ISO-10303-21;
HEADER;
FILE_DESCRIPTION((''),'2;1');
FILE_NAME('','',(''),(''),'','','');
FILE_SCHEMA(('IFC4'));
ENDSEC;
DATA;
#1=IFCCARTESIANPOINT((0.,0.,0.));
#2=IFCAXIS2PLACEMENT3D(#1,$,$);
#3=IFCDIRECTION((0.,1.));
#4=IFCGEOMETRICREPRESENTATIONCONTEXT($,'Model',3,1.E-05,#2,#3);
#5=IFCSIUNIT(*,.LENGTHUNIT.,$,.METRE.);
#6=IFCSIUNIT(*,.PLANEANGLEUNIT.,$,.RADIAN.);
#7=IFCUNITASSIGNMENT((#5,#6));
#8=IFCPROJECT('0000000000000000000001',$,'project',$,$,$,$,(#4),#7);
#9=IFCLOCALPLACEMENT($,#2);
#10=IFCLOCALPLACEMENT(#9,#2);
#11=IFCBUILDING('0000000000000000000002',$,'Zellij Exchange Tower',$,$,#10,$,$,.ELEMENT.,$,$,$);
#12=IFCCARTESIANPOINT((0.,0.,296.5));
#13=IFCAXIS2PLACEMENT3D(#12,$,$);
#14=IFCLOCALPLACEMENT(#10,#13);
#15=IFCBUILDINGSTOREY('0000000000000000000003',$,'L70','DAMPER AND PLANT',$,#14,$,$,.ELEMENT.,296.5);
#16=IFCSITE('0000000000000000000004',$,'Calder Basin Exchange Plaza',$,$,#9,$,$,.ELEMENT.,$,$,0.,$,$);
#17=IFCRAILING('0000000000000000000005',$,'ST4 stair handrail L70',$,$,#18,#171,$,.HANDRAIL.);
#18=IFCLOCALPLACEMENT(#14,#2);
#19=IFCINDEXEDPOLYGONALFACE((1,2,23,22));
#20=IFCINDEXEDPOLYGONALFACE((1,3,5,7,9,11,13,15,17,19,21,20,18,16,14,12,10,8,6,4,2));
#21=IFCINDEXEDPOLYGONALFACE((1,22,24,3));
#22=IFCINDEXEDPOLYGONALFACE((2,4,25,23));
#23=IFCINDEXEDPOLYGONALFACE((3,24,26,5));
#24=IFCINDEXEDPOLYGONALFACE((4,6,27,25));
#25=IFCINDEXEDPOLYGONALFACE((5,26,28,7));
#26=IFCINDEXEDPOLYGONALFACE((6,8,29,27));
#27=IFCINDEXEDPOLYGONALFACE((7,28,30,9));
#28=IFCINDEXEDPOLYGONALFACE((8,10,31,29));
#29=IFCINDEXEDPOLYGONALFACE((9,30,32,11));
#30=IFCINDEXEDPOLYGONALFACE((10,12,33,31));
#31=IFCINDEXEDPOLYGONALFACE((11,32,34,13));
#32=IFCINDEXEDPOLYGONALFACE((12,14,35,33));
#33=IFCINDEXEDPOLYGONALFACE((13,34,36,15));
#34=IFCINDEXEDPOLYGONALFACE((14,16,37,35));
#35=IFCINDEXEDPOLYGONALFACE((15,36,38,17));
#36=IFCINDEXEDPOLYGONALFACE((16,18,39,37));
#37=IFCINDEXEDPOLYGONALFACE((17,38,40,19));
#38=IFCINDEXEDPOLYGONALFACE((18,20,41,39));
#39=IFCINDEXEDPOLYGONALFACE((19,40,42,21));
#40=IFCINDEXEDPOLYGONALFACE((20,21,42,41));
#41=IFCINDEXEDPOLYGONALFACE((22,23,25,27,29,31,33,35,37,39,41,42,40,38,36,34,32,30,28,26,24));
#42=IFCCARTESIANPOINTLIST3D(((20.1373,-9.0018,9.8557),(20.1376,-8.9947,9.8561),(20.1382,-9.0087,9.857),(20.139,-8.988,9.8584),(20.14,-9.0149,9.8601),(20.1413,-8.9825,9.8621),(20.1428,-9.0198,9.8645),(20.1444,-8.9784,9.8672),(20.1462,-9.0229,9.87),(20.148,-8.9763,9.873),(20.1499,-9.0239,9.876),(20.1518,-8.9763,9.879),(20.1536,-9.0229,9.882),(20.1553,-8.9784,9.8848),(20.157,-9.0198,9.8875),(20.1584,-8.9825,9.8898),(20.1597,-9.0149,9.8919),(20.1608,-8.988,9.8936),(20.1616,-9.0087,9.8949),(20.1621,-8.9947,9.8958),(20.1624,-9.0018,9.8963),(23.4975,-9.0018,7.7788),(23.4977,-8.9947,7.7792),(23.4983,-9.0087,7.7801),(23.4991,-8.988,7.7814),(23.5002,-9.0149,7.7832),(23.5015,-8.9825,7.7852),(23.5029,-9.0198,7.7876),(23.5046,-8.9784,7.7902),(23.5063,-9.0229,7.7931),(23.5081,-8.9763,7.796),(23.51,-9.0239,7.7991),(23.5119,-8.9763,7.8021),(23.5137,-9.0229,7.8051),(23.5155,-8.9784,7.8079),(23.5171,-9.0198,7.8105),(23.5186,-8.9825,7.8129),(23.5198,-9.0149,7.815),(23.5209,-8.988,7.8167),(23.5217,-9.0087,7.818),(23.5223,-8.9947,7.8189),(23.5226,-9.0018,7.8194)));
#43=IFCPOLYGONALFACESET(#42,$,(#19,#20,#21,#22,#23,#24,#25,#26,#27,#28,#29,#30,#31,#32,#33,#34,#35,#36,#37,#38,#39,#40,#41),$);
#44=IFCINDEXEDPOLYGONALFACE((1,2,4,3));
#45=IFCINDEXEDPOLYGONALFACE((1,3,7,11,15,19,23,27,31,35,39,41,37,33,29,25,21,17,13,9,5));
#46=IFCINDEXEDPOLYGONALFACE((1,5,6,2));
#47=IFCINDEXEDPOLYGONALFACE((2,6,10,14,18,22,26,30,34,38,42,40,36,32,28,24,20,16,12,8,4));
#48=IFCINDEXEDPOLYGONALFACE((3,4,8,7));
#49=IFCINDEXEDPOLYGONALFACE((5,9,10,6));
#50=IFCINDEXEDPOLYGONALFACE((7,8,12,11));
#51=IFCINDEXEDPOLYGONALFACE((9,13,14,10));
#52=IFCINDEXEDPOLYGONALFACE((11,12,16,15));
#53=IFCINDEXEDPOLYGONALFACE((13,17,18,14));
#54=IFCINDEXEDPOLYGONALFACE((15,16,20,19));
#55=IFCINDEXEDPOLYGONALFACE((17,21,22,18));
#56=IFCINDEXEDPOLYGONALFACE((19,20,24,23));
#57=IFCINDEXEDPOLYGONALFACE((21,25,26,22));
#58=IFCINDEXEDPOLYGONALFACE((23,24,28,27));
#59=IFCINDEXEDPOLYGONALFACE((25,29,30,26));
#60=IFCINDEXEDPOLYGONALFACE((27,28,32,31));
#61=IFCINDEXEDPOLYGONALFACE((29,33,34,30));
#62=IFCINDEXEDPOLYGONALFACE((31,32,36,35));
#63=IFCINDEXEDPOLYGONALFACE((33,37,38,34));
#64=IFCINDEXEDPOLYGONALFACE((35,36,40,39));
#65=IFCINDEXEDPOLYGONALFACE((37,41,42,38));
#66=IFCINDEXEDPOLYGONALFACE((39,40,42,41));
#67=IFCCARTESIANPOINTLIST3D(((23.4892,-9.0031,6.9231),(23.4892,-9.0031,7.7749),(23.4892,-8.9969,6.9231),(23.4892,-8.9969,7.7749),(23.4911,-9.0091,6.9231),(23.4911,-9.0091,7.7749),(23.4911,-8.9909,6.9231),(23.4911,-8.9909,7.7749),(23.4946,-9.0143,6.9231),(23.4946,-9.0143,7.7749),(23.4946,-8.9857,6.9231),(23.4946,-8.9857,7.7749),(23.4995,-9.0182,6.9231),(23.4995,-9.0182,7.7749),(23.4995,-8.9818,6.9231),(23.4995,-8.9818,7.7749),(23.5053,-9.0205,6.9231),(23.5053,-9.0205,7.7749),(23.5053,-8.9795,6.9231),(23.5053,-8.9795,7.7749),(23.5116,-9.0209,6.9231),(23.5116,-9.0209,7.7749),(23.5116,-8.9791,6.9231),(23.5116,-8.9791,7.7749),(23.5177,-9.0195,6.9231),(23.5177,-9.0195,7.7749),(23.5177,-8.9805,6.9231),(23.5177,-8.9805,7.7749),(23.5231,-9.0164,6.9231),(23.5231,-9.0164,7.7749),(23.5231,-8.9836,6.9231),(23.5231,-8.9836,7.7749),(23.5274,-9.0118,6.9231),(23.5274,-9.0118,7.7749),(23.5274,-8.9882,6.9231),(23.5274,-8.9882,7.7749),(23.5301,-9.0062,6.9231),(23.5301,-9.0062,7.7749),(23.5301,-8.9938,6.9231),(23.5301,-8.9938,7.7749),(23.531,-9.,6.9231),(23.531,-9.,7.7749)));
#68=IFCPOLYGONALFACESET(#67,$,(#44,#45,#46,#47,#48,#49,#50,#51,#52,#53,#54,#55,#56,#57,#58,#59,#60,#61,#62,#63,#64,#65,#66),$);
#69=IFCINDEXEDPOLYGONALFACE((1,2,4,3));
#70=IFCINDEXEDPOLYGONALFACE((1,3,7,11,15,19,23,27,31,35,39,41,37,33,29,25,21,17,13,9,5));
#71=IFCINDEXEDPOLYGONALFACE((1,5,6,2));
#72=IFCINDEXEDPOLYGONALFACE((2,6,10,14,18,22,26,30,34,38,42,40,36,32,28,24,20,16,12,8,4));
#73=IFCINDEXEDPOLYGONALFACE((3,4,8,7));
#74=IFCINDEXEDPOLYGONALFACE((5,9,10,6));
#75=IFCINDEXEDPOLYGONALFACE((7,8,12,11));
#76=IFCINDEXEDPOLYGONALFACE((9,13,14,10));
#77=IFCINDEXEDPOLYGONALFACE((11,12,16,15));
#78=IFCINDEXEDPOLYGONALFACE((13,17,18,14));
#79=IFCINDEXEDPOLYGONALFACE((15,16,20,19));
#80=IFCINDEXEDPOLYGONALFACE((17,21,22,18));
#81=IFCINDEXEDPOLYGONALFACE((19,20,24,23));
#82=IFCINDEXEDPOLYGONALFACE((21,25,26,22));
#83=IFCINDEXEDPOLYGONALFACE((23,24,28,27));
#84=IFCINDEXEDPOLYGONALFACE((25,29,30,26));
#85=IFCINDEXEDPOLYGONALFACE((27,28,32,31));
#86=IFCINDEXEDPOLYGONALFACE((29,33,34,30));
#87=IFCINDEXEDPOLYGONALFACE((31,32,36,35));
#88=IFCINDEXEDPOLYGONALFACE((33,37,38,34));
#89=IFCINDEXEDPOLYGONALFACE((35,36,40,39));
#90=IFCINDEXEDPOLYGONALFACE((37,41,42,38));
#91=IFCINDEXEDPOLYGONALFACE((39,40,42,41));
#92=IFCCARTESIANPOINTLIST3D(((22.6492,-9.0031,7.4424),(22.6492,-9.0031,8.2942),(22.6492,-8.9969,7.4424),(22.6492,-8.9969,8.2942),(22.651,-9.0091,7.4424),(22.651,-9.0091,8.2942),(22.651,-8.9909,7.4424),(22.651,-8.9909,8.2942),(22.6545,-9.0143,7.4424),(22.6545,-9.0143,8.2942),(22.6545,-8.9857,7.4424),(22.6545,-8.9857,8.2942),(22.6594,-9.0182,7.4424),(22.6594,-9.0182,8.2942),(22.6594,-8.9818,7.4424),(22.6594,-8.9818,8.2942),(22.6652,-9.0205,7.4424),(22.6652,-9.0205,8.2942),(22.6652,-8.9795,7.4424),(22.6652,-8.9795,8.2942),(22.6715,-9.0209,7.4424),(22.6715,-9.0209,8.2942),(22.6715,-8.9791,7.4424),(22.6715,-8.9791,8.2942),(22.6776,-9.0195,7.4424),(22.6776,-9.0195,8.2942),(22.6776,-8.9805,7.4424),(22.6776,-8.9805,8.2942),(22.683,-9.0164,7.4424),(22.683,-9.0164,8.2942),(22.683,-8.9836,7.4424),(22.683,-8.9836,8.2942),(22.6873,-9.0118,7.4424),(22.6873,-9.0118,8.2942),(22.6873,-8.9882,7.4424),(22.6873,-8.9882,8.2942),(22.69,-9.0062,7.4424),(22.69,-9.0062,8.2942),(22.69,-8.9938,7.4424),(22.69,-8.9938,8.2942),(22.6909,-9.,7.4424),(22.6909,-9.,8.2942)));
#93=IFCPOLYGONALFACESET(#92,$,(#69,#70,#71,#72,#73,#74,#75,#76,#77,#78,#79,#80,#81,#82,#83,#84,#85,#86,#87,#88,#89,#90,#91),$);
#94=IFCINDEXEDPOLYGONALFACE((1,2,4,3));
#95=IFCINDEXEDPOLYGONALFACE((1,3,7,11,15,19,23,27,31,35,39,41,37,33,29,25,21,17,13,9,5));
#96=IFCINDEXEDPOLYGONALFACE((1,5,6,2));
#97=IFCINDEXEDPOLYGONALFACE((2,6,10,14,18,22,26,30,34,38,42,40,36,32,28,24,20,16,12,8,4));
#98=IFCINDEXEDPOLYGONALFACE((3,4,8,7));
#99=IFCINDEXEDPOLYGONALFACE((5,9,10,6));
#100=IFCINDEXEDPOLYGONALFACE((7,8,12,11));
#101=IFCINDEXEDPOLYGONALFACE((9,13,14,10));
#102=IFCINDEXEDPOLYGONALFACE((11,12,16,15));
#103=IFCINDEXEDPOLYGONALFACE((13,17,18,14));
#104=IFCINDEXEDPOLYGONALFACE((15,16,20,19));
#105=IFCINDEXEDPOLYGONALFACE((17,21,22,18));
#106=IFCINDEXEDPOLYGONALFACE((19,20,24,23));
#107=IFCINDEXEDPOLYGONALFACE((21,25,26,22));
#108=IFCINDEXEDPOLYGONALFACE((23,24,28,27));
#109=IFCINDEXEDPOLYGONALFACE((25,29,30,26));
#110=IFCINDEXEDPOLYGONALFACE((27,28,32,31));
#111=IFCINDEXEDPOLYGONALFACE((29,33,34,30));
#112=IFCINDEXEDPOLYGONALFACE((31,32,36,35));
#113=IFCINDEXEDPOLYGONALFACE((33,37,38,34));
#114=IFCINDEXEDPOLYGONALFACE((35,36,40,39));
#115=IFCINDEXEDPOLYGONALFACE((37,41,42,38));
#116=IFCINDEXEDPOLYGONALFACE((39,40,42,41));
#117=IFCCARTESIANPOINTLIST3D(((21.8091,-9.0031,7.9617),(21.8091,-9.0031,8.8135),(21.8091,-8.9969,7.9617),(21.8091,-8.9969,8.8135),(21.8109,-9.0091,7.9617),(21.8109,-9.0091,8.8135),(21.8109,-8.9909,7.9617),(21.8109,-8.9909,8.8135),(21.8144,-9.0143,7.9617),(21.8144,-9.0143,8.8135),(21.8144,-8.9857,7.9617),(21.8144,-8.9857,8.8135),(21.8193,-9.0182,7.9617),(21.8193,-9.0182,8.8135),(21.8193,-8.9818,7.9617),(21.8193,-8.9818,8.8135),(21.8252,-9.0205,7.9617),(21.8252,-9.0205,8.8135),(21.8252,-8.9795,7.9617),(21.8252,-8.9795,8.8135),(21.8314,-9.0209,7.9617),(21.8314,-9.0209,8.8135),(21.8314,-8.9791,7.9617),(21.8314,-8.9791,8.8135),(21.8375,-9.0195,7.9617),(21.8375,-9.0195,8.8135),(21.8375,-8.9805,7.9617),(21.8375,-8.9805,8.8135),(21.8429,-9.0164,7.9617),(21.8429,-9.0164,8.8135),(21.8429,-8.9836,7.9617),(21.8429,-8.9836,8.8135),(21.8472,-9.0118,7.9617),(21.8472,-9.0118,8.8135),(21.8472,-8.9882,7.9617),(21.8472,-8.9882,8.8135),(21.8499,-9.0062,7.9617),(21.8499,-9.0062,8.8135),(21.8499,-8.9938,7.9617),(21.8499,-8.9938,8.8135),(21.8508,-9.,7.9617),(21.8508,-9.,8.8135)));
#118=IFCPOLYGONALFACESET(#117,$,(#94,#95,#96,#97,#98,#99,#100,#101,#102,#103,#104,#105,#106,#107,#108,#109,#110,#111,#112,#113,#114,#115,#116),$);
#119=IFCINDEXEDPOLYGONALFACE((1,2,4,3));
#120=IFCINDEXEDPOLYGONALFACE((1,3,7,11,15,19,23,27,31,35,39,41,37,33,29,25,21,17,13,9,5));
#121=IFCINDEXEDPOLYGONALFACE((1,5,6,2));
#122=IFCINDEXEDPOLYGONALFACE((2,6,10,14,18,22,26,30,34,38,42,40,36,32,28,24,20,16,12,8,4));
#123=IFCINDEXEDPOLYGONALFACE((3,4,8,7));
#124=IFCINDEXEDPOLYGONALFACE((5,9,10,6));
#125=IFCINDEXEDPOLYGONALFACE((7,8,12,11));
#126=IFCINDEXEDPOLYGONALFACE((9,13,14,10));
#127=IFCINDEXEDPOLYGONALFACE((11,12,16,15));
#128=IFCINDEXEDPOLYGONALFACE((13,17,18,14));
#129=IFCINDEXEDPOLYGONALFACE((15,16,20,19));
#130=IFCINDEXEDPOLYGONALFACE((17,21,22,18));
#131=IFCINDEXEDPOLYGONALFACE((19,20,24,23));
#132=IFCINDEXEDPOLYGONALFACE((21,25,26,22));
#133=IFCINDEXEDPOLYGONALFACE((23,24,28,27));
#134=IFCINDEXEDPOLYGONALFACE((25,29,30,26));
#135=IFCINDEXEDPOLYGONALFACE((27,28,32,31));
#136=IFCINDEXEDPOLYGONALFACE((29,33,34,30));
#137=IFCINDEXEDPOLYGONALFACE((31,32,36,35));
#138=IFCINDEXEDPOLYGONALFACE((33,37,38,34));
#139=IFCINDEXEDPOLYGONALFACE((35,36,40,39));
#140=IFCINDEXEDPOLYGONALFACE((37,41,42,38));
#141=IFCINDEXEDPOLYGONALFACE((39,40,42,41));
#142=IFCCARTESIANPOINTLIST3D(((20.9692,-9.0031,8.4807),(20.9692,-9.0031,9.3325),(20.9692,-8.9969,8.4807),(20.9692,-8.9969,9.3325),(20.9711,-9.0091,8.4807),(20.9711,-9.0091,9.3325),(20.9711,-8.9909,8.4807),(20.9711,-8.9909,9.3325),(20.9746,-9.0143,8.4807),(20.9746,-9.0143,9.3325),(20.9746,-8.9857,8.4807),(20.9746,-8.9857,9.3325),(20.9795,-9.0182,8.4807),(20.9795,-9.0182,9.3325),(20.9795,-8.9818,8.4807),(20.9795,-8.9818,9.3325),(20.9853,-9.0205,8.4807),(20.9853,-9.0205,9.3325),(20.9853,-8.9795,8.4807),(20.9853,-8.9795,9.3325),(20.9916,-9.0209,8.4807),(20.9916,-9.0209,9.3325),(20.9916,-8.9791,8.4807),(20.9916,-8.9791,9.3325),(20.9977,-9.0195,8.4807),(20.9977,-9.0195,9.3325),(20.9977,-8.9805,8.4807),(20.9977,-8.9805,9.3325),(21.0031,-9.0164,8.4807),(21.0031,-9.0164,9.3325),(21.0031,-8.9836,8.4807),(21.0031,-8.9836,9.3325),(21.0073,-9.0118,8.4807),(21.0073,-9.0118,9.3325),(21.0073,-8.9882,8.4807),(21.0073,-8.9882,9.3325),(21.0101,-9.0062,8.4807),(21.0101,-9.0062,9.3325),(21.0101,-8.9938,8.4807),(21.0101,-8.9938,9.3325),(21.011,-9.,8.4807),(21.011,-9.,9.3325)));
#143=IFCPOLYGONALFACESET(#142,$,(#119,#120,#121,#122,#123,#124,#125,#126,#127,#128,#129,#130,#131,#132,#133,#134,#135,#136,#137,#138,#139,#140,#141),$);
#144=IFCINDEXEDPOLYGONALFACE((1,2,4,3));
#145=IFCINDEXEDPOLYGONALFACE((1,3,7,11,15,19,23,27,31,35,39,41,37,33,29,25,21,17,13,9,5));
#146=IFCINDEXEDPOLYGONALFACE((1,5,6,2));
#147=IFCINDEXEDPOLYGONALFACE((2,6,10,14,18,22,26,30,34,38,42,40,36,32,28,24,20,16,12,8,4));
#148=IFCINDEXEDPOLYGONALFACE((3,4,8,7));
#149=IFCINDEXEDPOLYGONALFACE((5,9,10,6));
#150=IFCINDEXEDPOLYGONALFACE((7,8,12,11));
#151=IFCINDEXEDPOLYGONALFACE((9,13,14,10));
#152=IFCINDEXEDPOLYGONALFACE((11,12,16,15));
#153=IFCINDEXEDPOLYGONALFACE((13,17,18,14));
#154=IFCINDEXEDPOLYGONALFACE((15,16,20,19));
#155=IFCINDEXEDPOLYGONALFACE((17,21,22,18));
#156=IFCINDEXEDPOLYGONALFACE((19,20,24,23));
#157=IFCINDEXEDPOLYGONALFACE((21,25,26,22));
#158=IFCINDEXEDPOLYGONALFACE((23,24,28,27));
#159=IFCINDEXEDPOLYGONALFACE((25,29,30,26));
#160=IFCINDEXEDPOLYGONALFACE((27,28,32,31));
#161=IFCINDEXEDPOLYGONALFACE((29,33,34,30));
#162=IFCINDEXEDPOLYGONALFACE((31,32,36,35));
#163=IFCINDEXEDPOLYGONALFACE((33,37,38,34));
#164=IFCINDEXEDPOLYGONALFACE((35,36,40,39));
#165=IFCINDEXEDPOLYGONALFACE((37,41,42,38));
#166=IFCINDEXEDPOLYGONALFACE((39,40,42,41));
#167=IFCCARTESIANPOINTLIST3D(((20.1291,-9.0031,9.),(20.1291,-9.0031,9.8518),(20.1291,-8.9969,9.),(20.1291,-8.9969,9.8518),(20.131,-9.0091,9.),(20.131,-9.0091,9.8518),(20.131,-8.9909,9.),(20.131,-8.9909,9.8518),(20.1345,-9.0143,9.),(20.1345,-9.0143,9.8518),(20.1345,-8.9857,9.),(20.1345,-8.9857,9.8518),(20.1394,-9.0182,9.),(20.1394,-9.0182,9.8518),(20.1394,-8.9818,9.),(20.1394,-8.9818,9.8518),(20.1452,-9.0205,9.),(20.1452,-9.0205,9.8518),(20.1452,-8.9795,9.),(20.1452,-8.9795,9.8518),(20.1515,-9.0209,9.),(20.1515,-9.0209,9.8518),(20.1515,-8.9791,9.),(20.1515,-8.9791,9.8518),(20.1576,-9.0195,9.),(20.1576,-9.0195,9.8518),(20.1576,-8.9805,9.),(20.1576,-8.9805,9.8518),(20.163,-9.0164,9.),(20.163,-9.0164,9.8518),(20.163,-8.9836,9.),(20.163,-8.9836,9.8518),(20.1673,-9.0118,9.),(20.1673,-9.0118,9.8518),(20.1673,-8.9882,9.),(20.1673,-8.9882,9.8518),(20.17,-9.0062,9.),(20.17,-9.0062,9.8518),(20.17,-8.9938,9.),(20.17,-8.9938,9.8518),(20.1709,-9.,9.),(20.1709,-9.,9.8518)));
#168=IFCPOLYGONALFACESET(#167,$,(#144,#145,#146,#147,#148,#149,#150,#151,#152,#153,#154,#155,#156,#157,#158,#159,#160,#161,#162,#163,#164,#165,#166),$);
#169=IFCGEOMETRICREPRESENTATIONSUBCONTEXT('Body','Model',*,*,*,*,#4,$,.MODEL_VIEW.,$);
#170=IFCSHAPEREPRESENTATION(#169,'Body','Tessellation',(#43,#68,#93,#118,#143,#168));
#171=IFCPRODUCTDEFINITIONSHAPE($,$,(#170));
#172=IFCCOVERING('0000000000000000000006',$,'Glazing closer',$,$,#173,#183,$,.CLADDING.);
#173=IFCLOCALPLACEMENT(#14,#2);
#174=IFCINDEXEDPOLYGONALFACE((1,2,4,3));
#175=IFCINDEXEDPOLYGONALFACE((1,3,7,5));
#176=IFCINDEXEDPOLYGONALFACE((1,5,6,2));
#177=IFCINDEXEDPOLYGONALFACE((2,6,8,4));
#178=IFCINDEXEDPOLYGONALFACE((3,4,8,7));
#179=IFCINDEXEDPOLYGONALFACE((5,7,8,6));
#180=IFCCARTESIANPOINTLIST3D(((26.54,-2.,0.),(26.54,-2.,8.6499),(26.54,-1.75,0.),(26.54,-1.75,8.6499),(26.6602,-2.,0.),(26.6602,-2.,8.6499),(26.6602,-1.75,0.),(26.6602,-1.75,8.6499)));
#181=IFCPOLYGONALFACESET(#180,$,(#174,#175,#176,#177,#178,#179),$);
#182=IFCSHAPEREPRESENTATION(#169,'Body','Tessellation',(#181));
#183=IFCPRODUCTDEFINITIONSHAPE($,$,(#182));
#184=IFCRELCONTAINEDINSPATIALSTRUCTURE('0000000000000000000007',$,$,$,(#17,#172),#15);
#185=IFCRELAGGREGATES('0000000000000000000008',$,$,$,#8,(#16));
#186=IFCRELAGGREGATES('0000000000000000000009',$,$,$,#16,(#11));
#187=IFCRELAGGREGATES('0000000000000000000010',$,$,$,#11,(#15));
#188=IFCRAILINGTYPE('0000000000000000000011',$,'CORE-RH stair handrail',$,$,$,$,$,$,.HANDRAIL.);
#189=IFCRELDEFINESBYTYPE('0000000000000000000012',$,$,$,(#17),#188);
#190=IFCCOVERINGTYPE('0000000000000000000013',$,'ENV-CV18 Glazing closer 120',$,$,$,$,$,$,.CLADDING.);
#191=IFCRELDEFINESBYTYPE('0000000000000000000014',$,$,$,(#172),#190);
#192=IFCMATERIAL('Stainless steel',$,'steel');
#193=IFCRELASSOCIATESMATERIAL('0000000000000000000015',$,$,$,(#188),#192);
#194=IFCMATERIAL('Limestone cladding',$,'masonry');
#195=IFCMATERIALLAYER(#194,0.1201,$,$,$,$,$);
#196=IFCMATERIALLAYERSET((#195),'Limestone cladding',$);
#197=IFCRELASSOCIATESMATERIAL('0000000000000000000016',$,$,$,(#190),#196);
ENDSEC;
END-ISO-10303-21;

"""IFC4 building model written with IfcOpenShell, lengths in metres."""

from ifc_helpers import new_model, si_unit, direction, frame, origin, origin_2d, place, context, subcontext, project, spatial, rectangle, circle, extrude, material, layer, layer_set, type_object, element, save


model = new_model("IFC4")

# Units and contexts
model_context = context("Model", 3, precision=1e-05, world=origin(), true_north=direction((0.0, 1.0)))
body_context = subcontext(model_context, "Body", "Model", "MODEL_VIEW")
ifc_project = project(units=[si_unit("LENGTHUNIT", "METRE"), si_unit("PLANEANGLEUNIT", "RADIAN")], contexts=[model_context])

# Site, building, storey
site_placement = place(None, origin())
site = spatial("IfcSite", under=ifc_project, at=site_placement, Name="Calder Basin Exchange Plaza", CompositionType="ELEMENT", RefElevation=0.0)
building_placement = place(site_placement, origin())
building = spatial("IfcBuilding", under=site, at=building_placement, Name="Zellij Exchange Tower", CompositionType="ELEMENT")
storey_placement = place(building_placement, frame((0.0, 0.0, 296.5)))
storey = spatial("IfcBuildingStorey", under=building, at=storey_placement, Name="L70", Description="DAMPER AND PLANT", CompositionType="ELEMENT", Elevation=296.5)

# Railing
ifc_material_1 = material(Name="Stainless steel", Category="steel")
railing_type_1 = type_object("IfcRailingType", Name="CORE-RH stair handrail", PredefinedType="HANDRAIL", material=ifc_material_1)
railing_1_placement = place(storey_placement, frame((23.51, -9.0, 6.9231)))
element("IfcRailing", 1, at=railing_1_placement, inside=storey, type_object=railing_type_1, Name="ST4 stair handrail L70", PredefinedType="HANDRAIL", context=body_context, shape_type="SweptSolid", body=[
    extrude(circle(Radius=0.0239, at=origin_2d()), frame((0.0, 0.0, 0.876), z_axis=(-0.850623, 0.0, 0.525776), x_axis=(0.0, -1.0, 0.0)), (0.0, 0.0, 1.0), 3.9502),
    extrude(circle(Radius=0.021, at=origin_2d()), origin(), (0.0, 0.0, 1.0), 0.8518),
    extrude(circle(Radius=0.021, at=origin_2d()), frame((-0.8401, 0.0, 0.5193)), (0.0, 0.0, 1.0), 0.8518),
    extrude(circle(Radius=0.021, at=origin_2d()), frame((-1.6802, 0.0, 1.0386)), (0.0, 0.0, 1.0), 0.8518),
    extrude(circle(Radius=0.021, at=origin_2d()), frame((-2.52, 0.0, 1.5576)), (0.0, 0.0, 1.0), 0.8518),
    extrude(circle(Radius=0.021, at=origin_2d()), frame((-3.3601, 0.0, 2.0769)), (0.0, 0.0, 1.0), 0.8518),
])

# Covering
ifc_material_2 = material(Name="Limestone cladding", Category="masonry")
ifc_layer_1 = layer(ifc_material_2, 0.1201)
ifc_layer_set_1 = layer_set([ifc_layer_1], Name="Limestone cladding")
covering_type = type_object("IfcCoveringType", Name="ENV-CV18 Glazing closer 120", PredefinedType="CLADDING", material=ifc_layer_set_1)
covering_placement = place(storey_placement, frame((26.6001, -1.875, 0.0), z_axis=(0.0, 0.0, 1.0), x_axis=(0.0, -1.0, 0.0)))
element("IfcCovering", 2, at=covering_placement, inside=storey, type_object=covering_type, Name="Glazing closer", PredefinedType="CLADDING", context=body_context, shape_type="SweptSolid", body=[
    extrude(rectangle(XDim=0.25, YDim=0.1201, at=origin_2d()), origin(), (0.0, 0.0, 1.0), 8.6499),
])

save(model, "model.ifc")
